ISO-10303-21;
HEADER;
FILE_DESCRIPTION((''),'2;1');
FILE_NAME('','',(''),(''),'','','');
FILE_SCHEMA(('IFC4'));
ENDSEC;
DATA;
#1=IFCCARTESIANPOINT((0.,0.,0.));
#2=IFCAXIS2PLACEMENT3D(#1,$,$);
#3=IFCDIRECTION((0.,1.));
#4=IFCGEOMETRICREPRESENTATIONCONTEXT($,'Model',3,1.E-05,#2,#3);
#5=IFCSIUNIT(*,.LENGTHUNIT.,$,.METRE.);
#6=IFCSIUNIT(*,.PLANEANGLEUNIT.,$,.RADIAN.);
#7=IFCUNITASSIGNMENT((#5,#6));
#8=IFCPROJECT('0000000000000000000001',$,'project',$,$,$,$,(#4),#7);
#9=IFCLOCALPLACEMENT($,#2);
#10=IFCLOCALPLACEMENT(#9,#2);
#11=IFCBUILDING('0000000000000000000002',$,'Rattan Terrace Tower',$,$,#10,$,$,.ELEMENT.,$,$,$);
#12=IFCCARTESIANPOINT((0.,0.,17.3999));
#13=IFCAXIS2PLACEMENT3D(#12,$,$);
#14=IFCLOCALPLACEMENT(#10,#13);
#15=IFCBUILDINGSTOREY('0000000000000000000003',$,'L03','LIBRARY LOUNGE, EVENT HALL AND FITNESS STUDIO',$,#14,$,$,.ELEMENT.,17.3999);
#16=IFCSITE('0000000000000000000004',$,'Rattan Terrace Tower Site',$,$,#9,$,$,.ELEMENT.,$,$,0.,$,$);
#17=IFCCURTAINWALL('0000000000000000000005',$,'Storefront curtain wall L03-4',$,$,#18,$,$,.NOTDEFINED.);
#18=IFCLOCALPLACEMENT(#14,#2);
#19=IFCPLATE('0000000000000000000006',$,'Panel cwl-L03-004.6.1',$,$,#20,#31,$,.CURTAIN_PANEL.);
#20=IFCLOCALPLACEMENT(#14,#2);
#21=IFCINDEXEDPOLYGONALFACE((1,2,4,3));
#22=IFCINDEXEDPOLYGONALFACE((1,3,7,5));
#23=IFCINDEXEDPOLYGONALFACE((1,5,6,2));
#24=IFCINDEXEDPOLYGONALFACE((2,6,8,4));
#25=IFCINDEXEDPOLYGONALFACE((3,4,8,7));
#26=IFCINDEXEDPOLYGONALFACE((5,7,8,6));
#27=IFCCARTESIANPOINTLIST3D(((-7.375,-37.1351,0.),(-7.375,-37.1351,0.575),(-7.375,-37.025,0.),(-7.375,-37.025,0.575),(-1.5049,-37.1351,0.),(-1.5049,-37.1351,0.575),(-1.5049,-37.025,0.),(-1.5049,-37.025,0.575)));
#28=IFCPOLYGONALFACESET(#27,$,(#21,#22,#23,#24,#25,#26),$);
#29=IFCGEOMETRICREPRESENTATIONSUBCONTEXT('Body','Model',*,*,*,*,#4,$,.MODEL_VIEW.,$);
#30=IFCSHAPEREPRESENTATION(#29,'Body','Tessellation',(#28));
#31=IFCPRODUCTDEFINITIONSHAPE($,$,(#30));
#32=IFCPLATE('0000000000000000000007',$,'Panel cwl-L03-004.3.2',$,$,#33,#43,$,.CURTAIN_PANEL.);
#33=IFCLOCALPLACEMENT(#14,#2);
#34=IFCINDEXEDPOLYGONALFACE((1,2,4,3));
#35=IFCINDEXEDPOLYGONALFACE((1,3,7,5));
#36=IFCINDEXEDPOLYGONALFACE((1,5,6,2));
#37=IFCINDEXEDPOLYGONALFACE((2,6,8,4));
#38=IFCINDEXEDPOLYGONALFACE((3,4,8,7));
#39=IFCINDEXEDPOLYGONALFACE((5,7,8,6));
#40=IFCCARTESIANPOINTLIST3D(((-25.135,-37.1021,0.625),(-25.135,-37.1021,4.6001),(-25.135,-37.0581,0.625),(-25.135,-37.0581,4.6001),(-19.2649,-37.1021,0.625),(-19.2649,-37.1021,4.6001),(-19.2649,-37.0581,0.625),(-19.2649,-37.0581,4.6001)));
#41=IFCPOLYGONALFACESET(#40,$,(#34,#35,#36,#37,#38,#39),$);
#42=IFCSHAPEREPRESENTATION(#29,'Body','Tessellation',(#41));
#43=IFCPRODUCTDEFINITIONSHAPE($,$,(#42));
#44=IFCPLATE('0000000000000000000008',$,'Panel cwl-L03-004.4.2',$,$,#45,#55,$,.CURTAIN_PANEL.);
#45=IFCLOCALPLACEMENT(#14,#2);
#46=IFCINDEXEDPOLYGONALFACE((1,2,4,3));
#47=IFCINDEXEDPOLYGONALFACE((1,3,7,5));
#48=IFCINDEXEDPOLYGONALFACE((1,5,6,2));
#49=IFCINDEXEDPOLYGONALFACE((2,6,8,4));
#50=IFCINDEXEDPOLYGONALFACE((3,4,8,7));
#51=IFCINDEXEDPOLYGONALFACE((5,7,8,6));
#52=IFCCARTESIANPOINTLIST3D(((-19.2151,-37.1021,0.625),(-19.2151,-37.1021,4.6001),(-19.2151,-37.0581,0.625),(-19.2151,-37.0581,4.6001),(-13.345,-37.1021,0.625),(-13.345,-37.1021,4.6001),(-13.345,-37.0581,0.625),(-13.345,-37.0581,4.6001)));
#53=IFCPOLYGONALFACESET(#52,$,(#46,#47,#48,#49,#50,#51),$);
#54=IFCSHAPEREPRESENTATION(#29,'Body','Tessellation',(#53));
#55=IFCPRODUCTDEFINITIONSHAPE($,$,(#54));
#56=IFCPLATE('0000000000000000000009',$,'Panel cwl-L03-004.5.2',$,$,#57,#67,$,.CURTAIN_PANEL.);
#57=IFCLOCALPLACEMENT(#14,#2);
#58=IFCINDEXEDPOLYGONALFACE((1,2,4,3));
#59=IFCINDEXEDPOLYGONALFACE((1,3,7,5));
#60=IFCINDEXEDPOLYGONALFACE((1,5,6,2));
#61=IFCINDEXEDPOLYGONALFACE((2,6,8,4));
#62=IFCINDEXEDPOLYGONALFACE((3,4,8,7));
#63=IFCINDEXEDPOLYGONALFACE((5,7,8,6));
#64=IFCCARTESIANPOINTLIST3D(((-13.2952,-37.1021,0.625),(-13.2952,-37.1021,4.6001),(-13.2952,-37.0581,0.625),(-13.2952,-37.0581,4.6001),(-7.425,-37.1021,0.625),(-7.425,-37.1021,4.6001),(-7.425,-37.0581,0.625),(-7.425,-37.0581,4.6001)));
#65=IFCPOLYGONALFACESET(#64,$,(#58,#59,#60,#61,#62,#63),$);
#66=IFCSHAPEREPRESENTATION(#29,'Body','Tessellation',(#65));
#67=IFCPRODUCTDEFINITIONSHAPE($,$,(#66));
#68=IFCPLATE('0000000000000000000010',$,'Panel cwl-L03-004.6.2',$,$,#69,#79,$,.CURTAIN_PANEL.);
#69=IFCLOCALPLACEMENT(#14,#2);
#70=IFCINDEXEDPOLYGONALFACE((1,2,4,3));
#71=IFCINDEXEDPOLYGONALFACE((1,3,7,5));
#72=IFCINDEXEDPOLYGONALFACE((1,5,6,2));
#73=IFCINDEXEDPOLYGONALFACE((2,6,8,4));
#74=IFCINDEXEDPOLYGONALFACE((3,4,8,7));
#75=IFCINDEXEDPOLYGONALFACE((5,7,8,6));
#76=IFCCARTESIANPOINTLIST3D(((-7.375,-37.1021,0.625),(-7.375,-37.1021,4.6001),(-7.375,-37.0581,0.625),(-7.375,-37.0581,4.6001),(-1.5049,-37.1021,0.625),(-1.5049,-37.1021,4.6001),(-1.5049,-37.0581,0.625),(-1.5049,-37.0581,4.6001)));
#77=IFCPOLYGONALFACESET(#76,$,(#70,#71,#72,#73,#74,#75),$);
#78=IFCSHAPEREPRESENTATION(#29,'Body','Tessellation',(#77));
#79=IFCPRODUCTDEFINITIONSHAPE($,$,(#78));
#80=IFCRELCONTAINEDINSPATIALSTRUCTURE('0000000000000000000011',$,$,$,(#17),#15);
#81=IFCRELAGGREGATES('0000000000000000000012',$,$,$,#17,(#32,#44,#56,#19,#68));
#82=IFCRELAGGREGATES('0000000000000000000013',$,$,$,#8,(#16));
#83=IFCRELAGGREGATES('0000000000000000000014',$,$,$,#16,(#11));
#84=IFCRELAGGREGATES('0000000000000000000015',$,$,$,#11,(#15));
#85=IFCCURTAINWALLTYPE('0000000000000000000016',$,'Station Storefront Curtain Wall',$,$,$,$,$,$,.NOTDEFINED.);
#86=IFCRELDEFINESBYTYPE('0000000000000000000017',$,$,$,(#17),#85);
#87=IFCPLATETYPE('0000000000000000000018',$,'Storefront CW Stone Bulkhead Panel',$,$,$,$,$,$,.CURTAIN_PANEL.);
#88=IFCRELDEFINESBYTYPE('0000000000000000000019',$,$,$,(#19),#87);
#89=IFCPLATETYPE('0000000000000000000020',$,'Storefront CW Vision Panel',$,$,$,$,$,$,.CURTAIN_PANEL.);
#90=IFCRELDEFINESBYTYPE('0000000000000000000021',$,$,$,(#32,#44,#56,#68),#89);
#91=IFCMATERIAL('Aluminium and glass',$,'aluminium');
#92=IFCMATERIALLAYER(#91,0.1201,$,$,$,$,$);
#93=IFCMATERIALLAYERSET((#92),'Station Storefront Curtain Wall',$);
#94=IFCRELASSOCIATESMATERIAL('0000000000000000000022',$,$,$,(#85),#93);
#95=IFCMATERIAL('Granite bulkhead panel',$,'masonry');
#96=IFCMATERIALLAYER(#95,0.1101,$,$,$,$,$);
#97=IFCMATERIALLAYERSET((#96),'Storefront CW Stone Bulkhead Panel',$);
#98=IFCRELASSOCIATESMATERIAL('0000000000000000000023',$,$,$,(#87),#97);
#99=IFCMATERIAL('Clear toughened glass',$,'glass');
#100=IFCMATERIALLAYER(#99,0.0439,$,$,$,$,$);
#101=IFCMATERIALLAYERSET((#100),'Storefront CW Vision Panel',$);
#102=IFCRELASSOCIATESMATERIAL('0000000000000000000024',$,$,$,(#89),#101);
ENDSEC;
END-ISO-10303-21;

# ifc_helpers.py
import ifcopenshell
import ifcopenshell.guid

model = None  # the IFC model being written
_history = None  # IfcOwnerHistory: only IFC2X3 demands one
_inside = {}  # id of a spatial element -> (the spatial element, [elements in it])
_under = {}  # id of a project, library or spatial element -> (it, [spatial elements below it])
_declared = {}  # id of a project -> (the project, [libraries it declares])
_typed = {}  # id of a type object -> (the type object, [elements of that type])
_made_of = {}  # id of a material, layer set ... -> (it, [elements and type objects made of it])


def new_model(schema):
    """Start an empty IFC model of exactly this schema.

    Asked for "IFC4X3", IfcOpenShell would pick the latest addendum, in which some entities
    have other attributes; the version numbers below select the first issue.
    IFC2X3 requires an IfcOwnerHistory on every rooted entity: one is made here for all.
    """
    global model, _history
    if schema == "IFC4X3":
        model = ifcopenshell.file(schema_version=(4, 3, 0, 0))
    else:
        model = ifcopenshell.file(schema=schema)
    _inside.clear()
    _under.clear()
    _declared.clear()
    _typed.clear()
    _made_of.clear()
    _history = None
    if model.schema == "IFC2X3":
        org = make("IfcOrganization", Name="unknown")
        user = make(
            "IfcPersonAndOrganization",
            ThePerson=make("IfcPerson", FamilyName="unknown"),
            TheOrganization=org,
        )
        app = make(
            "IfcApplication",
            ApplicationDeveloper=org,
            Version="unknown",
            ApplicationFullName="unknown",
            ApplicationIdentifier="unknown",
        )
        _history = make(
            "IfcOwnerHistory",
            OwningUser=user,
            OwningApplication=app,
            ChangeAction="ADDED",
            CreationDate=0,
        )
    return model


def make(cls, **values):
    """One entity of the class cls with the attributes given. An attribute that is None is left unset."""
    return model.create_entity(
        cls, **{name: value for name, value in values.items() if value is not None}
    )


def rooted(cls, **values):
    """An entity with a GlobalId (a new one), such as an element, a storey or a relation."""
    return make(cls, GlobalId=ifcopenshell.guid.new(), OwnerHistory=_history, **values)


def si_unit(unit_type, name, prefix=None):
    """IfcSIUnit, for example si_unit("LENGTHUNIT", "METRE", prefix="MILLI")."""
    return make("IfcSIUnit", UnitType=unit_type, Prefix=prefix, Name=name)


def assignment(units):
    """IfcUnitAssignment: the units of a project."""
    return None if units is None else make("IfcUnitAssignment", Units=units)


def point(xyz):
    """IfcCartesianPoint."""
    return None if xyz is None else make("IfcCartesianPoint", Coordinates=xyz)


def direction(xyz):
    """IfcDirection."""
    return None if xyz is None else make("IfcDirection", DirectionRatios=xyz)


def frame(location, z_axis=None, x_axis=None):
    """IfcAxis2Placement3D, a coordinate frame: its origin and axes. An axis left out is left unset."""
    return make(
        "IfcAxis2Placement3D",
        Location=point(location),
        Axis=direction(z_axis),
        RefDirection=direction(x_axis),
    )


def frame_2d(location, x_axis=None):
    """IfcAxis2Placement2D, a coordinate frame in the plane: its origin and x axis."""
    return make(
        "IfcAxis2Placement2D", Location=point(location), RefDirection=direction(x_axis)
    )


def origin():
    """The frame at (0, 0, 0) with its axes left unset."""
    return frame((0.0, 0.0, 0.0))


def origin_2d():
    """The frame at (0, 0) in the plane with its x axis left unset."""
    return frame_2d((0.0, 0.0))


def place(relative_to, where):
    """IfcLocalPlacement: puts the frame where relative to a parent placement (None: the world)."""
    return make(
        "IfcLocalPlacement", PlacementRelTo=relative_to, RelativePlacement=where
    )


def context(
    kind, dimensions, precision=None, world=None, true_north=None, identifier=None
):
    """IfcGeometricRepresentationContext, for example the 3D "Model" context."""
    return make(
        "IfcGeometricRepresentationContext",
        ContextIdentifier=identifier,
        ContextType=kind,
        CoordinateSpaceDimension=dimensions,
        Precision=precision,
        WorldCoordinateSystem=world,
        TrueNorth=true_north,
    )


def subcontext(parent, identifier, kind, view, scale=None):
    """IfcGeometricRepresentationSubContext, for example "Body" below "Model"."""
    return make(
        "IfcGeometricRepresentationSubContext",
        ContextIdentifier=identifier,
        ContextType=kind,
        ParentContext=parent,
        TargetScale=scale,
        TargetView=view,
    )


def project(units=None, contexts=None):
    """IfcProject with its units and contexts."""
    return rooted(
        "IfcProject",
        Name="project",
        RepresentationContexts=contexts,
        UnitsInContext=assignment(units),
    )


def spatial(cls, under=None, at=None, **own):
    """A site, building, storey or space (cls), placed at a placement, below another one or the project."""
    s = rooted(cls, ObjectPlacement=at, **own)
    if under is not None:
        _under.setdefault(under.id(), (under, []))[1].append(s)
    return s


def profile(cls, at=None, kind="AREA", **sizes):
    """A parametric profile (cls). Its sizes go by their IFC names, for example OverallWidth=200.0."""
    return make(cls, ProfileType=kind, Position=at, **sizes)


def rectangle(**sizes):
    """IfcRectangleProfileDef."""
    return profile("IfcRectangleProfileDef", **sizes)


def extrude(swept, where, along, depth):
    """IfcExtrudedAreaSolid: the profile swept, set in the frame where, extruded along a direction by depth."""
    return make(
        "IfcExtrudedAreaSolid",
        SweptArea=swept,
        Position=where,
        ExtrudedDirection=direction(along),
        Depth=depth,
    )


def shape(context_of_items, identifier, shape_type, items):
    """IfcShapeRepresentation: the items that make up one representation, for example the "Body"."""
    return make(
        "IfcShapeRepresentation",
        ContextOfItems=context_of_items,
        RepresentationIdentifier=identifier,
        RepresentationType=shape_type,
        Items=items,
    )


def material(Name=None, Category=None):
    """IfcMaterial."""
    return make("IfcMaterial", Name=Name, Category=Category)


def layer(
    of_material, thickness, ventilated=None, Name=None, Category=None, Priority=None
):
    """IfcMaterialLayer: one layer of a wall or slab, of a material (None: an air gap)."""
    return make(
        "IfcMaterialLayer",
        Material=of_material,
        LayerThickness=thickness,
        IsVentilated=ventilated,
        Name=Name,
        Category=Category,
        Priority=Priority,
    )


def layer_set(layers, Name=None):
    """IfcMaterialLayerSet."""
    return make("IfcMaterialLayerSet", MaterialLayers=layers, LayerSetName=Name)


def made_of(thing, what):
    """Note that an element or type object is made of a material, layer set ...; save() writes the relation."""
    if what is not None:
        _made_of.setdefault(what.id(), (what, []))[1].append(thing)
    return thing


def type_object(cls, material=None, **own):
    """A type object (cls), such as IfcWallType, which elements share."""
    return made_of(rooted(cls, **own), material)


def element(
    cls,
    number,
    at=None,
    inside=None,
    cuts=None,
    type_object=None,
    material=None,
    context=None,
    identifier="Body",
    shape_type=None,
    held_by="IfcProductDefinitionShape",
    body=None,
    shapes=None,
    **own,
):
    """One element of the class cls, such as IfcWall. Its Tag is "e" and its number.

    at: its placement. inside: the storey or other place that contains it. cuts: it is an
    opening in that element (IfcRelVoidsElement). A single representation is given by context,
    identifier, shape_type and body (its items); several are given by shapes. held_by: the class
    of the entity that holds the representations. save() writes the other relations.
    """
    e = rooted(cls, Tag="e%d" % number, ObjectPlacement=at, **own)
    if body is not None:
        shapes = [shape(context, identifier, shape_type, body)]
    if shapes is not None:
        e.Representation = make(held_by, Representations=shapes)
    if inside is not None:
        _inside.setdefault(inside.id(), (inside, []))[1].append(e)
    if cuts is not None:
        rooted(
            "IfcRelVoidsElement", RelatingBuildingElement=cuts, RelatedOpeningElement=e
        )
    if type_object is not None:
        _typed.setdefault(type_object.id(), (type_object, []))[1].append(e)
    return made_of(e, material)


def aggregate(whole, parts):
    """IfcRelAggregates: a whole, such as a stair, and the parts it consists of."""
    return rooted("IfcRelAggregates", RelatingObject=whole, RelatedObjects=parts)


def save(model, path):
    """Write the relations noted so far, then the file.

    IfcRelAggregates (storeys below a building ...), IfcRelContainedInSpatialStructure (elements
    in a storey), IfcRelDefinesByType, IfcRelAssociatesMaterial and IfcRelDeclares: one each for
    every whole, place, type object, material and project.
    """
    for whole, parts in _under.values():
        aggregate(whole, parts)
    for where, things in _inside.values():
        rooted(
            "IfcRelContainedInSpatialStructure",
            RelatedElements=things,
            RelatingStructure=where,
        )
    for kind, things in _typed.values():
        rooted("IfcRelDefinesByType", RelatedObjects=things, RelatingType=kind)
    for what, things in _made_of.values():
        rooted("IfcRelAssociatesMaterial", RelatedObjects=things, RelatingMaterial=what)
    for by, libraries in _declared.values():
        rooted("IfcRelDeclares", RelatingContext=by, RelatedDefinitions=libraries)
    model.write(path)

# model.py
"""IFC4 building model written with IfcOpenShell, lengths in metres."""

from ifc_helpers import new_model, si_unit, direction, frame, origin, origin_2d, place, context, subcontext, project, spatial, rectangle, extrude, material, layer, layer_set, type_object, element, aggregate, save


model = new_model("IFC4")

# Units and contexts
model_context = context("Model", 3, precision=1e-05, world=origin(), true_north=direction((0.0, 1.0)))
body_context = subcontext(model_context, "Body", "Model", "MODEL_VIEW")
ifc_project = project(units=[si_unit("LENGTHUNIT", "METRE"), si_unit("PLANEANGLEUNIT", "RADIAN")], contexts=[model_context])

# Site, building, storey
site_placement = place(None, origin())
site = spatial("IfcSite", under=ifc_project, at=site_placement, Name="Rattan Terrace Tower Site", CompositionType="ELEMENT", RefElevation=0.0)
building_placement = place(site_placement, origin())
building = spatial("IfcBuilding", under=site, at=building_placement, Name="Rattan Terrace Tower", CompositionType="ELEMENT")
storey_placement = place(building_placement, frame((0.0, 0.0, 17.3999)))
storey = spatial("IfcBuildingStorey", under=building, at=storey_placement, Name="L03", Description="LIBRARY LOUNGE, EVENT HALL AND FITNESS STUDIO", CompositionType="ELEMENT", Elevation=17.3999)

# Curtain wall, plates
ifc_material_1 = material(Name="Aluminium and glass", Category="aluminium")
ifc_layer_1 = layer(ifc_material_1, 0.1201)
ifc_layer_set_1 = layer_set([ifc_layer_1], Name="Station Storefront Curtain Wall")
curtain_wall_type = type_object("IfcCurtainWallType", Name="Station Storefront Curtain Wall", PredefinedType="NOTDEFINED", material=ifc_layer_set_1)
curtain_wall_placement = place(storey_placement, origin())
curtain_wall = element("IfcCurtainWall", 1, at=curtain_wall_placement, inside=storey, type_object=curtain_wall_type, Name="Storefront curtain wall L03-4", PredefinedType="NOTDEFINED")
ifc_material_2 = material(Name="Granite bulkhead panel", Category="masonry")
ifc_layer_2 = layer(ifc_material_2, 0.1101)
ifc_layer_set_2 = layer_set([ifc_layer_2], Name="Storefront CW Stone Bulkhead Panel")
plate_type_1 = type_object("IfcPlateType", Name="Storefront CW Stone Bulkhead Panel", PredefinedType="CURTAIN_PANEL", material=ifc_layer_set_2)
plate_1_placement = place(storey_placement, frame((-4.4399, -37.0801, 0.0), z_axis=(0.0, 0.0, 1.0), x_axis=(1.0, 0.0, 0.0)))
plate_1 = element("IfcPlate", 2, at=plate_1_placement, type_object=plate_type_1, Name="Panel cwl-L03-004.6.1", PredefinedType="CURTAIN_PANEL", context=body_context, shape_type="SweptSolid", body=[
    extrude(rectangle(XDim=5.8701, YDim=0.1101, at=origin_2d()), origin(), (0.0, 0.0, 1.0), 0.575),
])
ifc_material_3 = material(Name="Clear toughened glass", Category="glass")
ifc_layer_3 = layer(ifc_material_3, 0.0439)
ifc_layer_set_3 = layer_set([ifc_layer_3], Name="Storefront CW Vision Panel")
plate_type_2 = type_object("IfcPlateType", Name="Storefront CW Vision Panel", PredefinedType="CURTAIN_PANEL", material=ifc_layer_set_3)
plate_2_placement = place(storey_placement, frame((-22.2, -37.0801, 0.625), z_axis=(0.0, 0.0, 1.0), x_axis=(1.0, 0.0, 0.0)))
plate_2 = element("IfcPlate", 3, at=plate_2_placement, type_object=plate_type_2, Name="Panel cwl-L03-004.3.2", PredefinedType="CURTAIN_PANEL", context=body_context, shape_type="SweptSolid", body=[
    extrude(rectangle(XDim=5.8701, YDim=0.0439, at=origin_2d()), origin(), (0.0, 0.0, 1.0), 3.9751),
])
plate_3_placement = place(storey_placement, frame((-16.28, -37.0801, 0.625), z_axis=(0.0, 0.0, 1.0), x_axis=(1.0, 0.0, 0.0)))
plate_3 = element("IfcPlate", 4, at=plate_3_placement, type_object=plate_type_2, Name="Panel cwl-L03-004.4.2", PredefinedType="CURTAIN_PANEL", context=body_context, shape_type="SweptSolid", body=[
    extrude(rectangle(XDim=5.8701, YDim=0.0439, at=origin_2d()), origin(), (0.0, 0.0, 1.0), 3.9751),
])
plate_4_placement = place(storey_placement, frame((-10.3601, -37.0801, 0.625), z_axis=(0.0, 0.0, 1.0), x_axis=(1.0, 0.0, 0.0)))
plate_4 = element("IfcPlate", 5, at=plate_4_placement, type_object=plate_type_2, Name="Panel cwl-L03-004.5.2", PredefinedType="CURTAIN_PANEL", context=body_context, shape_type="SweptSolid", body=[
    extrude(rectangle(XDim=5.8701, YDim=0.0439, at=origin_2d()), origin(), (0.0, 0.0, 1.0), 3.9751),
])
plate_5_placement = place(storey_placement, frame((-4.4399, -37.0801, 0.625), z_axis=(0.0, 0.0, 1.0), x_axis=(1.0, 0.0, 0.0)))
plate_5 = element("IfcPlate", 6, at=plate_5_placement, type_object=plate_type_2, Name="Panel cwl-L03-004.6.2", PredefinedType="CURTAIN_PANEL", context=body_context, shape_type="SweptSolid", body=[
    extrude(rectangle(XDim=5.8701, YDim=0.0439, at=origin_2d()), origin(), (0.0, 0.0, 1.0), 3.9751),
])
aggregate(curtain_wall, [plate_2, plate_3, plate_4, plate_1, plate_5])

save(model, "model.ifc")
